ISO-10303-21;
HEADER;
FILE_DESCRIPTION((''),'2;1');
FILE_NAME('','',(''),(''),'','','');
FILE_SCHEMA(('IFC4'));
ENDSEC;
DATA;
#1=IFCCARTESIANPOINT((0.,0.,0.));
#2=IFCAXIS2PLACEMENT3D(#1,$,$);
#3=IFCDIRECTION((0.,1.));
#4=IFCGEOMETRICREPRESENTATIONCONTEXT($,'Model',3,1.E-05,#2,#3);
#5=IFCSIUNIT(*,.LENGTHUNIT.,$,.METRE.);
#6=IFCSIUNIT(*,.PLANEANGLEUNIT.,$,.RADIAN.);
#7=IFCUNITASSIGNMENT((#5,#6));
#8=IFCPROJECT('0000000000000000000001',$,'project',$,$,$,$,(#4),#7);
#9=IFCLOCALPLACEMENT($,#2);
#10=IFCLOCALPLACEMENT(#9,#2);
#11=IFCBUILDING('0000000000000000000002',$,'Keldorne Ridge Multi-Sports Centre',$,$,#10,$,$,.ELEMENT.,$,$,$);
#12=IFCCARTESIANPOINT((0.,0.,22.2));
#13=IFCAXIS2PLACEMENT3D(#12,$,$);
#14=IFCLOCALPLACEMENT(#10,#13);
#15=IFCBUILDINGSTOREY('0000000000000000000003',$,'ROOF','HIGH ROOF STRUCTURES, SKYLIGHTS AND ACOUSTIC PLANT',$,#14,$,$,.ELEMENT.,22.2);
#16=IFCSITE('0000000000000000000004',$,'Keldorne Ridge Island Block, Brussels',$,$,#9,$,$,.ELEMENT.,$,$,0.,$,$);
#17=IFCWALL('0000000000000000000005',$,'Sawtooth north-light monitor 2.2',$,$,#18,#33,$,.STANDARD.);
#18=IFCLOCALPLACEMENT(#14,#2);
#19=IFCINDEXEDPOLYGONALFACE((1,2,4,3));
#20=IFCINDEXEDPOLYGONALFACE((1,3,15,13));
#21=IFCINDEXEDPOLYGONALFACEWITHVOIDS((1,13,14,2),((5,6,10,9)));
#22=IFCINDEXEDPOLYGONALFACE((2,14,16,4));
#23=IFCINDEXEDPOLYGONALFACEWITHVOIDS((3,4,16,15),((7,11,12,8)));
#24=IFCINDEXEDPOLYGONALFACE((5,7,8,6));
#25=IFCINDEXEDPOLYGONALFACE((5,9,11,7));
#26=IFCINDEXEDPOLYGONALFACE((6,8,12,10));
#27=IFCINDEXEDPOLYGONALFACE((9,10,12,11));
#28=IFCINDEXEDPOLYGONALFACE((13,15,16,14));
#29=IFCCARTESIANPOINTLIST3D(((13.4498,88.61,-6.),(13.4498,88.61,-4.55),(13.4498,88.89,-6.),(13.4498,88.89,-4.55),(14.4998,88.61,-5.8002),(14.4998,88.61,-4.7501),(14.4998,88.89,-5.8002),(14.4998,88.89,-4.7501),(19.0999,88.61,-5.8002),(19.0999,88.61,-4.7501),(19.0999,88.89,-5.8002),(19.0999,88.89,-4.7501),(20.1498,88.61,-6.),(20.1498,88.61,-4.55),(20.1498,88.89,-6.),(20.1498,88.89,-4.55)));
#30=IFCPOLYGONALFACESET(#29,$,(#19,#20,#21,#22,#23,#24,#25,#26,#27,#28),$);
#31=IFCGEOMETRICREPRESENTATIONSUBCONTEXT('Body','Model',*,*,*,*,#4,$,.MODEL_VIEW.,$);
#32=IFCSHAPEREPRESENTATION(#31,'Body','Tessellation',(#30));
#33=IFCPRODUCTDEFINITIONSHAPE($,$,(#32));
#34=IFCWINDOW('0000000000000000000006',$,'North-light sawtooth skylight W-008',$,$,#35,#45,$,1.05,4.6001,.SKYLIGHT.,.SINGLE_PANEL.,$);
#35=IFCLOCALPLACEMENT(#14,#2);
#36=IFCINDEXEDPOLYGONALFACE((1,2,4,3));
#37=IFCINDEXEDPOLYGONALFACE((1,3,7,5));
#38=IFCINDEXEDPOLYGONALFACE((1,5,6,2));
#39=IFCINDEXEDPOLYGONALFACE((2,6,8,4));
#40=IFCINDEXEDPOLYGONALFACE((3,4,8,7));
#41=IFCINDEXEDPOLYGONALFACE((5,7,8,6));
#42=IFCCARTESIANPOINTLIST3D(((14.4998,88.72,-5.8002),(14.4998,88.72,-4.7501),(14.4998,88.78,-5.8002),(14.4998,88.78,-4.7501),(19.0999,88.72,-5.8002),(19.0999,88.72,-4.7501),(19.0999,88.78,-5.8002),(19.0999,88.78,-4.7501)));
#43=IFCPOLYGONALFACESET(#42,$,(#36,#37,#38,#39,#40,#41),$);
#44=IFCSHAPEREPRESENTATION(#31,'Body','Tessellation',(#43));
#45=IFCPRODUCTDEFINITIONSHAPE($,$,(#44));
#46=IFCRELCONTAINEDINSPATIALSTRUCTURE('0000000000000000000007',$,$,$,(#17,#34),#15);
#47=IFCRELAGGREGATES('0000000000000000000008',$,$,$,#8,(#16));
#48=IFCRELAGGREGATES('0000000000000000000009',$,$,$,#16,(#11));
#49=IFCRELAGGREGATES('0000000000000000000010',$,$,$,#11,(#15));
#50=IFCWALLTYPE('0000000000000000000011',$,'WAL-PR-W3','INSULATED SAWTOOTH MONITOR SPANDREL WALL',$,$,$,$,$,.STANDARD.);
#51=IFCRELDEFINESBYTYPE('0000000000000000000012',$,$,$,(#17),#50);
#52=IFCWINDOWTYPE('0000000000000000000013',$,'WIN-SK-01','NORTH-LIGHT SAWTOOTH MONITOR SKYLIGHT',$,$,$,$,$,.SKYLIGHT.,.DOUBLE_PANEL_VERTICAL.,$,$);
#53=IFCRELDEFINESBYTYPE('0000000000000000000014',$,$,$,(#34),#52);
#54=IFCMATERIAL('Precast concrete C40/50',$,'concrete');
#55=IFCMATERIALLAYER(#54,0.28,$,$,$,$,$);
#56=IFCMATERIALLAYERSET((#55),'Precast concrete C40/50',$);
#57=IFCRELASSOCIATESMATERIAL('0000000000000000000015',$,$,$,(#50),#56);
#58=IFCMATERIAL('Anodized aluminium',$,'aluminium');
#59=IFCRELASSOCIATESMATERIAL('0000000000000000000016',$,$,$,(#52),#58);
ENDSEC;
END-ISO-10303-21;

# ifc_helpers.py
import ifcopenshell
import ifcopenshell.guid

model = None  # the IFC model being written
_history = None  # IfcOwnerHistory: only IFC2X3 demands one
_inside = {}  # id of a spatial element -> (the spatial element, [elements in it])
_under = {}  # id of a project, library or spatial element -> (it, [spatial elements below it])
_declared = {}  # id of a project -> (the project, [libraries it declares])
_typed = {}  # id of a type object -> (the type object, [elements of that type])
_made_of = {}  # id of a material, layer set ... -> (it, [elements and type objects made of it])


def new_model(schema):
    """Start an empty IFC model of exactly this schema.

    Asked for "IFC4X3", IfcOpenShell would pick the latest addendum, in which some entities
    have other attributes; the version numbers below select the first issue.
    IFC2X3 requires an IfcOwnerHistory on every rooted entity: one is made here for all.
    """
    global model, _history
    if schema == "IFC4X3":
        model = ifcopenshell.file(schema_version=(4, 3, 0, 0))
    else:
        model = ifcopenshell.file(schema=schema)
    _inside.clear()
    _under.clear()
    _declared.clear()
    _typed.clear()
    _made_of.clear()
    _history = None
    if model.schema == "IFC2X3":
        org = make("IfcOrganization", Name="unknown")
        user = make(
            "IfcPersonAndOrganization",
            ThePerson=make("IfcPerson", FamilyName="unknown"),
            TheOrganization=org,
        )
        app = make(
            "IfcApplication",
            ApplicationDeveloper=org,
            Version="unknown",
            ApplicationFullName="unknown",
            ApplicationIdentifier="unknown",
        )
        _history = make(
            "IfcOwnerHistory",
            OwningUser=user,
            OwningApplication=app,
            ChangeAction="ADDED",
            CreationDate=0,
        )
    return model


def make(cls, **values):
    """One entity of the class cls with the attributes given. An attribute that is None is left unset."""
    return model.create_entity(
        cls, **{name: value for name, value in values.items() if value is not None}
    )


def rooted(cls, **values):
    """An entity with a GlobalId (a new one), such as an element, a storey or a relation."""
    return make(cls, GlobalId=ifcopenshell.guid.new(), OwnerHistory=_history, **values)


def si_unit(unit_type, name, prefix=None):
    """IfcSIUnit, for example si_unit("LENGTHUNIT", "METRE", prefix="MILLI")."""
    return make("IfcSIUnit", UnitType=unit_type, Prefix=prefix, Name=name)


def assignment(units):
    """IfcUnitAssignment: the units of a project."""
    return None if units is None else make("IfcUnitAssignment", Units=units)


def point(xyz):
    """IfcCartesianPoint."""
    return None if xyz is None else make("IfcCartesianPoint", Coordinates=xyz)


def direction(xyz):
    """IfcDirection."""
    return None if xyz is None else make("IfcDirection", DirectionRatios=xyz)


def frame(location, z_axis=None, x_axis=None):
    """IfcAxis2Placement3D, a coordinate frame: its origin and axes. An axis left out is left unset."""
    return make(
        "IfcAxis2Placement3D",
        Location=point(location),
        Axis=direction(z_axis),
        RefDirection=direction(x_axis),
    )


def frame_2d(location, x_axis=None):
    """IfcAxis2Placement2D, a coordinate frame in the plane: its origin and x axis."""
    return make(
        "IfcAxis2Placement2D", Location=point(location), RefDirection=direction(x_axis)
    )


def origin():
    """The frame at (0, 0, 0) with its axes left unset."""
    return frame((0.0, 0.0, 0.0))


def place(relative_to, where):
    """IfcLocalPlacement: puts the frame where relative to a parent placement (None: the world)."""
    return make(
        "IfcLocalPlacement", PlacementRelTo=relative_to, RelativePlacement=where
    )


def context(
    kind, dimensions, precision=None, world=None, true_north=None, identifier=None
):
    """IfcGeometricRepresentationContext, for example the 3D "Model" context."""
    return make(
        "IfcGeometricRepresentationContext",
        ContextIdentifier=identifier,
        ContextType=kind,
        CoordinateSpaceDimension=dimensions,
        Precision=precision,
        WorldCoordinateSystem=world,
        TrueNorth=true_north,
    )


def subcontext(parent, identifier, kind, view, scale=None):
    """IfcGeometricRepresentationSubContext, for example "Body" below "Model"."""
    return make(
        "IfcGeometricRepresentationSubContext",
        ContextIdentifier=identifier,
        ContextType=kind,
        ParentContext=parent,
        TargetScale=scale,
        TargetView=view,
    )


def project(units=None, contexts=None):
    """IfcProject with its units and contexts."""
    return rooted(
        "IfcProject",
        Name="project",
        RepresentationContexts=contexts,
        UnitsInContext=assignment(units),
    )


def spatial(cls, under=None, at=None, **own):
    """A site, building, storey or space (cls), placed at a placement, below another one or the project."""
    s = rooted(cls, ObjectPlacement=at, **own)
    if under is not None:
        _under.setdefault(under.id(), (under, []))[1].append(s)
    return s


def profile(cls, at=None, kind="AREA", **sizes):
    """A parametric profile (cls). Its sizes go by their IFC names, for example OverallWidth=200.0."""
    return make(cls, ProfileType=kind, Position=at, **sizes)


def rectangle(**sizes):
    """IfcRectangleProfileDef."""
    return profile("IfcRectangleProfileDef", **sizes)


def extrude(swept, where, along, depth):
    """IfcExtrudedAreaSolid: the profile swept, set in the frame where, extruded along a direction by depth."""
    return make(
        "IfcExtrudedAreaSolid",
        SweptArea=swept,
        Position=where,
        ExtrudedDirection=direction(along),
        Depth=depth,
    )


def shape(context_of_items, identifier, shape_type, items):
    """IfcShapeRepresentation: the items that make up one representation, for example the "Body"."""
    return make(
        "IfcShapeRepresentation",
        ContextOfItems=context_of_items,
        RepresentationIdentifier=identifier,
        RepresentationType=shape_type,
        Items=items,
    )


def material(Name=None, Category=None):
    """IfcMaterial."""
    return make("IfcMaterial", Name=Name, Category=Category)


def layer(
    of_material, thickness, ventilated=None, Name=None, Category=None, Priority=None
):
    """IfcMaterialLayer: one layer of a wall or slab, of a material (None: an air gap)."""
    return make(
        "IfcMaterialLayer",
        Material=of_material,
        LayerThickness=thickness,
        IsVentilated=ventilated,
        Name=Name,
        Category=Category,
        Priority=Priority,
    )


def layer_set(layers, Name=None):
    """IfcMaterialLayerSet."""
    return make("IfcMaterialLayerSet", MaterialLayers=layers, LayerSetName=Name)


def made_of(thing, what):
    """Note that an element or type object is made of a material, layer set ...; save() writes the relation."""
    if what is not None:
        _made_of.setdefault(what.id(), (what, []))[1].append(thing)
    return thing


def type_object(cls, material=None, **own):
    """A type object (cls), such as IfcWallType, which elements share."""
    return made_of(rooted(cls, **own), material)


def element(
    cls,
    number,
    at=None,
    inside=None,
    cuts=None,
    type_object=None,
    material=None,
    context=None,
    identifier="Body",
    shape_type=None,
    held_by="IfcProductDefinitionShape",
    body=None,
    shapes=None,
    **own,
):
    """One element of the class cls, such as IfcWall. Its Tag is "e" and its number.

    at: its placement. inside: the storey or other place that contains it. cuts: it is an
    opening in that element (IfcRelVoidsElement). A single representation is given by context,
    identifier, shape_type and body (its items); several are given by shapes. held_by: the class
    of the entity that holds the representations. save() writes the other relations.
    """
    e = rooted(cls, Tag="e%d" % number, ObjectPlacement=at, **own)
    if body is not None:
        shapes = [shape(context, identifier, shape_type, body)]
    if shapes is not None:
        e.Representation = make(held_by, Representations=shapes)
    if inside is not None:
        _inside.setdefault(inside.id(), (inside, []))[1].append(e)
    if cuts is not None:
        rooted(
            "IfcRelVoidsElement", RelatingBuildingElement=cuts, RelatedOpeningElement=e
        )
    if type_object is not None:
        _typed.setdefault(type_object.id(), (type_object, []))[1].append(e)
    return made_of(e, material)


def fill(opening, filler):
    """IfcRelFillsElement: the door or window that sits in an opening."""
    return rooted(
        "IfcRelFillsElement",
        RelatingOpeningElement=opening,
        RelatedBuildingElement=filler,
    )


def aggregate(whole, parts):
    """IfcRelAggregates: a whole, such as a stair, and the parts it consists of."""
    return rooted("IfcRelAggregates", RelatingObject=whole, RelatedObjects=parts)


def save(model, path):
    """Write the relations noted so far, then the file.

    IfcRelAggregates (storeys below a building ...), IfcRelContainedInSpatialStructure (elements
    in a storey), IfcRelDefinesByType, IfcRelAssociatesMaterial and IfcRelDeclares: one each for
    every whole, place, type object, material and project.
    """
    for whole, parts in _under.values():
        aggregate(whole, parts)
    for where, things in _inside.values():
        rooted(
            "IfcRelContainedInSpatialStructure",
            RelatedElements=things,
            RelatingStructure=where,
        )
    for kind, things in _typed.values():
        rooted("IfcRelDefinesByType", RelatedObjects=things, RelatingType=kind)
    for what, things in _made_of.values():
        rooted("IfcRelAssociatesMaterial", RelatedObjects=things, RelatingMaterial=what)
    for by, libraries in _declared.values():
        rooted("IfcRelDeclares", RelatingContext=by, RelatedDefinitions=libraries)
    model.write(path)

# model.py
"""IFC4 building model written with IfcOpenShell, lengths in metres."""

from ifc_helpers import new_model, si_unit, direction, frame, frame_2d, origin, place, context, subcontext, project, spatial, rectangle, extrude, material, layer, layer_set, type_object, element, fill, save


model = new_model("IFC4")

# Units and contexts
model_context = context("Model", 3, precision=1e-05, world=origin(), true_north=direction((0.0, 1.0)))
body_context = subcontext(model_context, "Body", "Model", "MODEL_VIEW")
ifc_project = project(units=[si_unit("LENGTHUNIT", "METRE"), si_unit("PLANEANGLEUNIT", "RADIAN")], contexts=[model_context])

# Site, building, storey
site_placement = place(None, origin())
site = spatial("IfcSite", under=ifc_project, at=site_placement, Name="Keldorne Ridge Island Block, Brussels", CompositionType="ELEMENT", RefElevation=0.0)
building_placement = place(site_placement, origin())
building = spatial("IfcBuilding", under=site, at=building_placement, Name="Keldorne Ridge Multi-Sports Centre", CompositionType="ELEMENT")
storey_placement = place(building_placement, frame((0.0, 0.0, 22.2)))
storey = spatial("IfcBuildingStorey", under=building, at=storey_placement, Name="ROOF", Description="HIGH ROOF STRUCTURES, SKYLIGHTS AND ACOUSTIC PLANT", CompositionType="ELEMENT", Elevation=22.2)

# Wall, opening, window
ifc_material_1 = material(Name="Precast concrete C40/50", Category="concrete")
ifc_layer = layer(ifc_material_1, 0.28)
ifc_layer_set = layer_set([ifc_layer], Name="Precast concrete C40/50")
wall_type = type_object("IfcWallType", Name="WAL-PR-W3", Description="INSULATED SAWTOOTH MONITOR SPANDREL WALL", PredefinedType="STANDARD", material=ifc_layer_set)
ifc_material_2 = material(Name="Anodized aluminium", Category="aluminium")
window_type = type_object("IfcWindowType", Name="WIN-SK-01", Description="NORTH-LIGHT SAWTOOTH MONITOR SKYLIGHT", PartitioningType="DOUBLE_PANEL_VERTICAL", PredefinedType="SKYLIGHT", material=ifc_material_2)
wall_1_placement = place(storey_placement, frame((20.1499, 88.75, -6.0), z_axis=(0.0, 0.0, 1.0), x_axis=(-1.0, 0.0, 0.0)))
wall_1 = element("IfcWall", 1, at=wall_1_placement, inside=storey, type_object=wall_type, Name="Sawtooth north-light monitor 2.2", PredefinedType="STANDARD", context=body_context, shape_type="SweptSolid", body=[
    extrude(rectangle(XDim=6.7, YDim=0.28, at=frame_2d((3.3501, 0.0))), origin(), (0.0, 0.0, 1.0), 1.45),
])
opening_1_placement = place(wall_1_placement, frame((1.05, 0.0, 0.2)))
opening_1 = element("IfcOpeningElement", 2, at=opening_1_placement, cuts=wall_1, PredefinedType="OPENING", context=body_context, shape_type="SweptSolid", body=[
    extrude(rectangle(XDim=4.6001, YDim=1.05, at=frame_2d((2.3, 0.5249))), frame((0.0, 0.1499, 0.0), z_axis=(0.0, -1.0, 0.0), x_axis=(1.0, 0.0, 0.0)), (0.0, 0.0, 1.0), 0.3),
])
window_1_placement = place(opening_1_placement, origin())
window_1 = element("IfcWindow", 3, at=window_1_placement, inside=storey, type_object=window_type, Name="North-light sawtooth skylight W-008", OverallHeight=1.05, OverallWidth=4.6001, PartitioningType="SINGLE_PANEL", PredefinedType="SKYLIGHT", context=body_context, shape_type="SweptSolid", body=[
    extrude(rectangle(XDim=4.6001, YDim=1.05, at=frame_2d((2.3, 0.5249))), frame((0.0, 0.03, 0.0), z_axis=(0.0, -1.0, 0.0), x_axis=(1.0, 0.0, 0.0)), (0.0, 0.0, 1.0), 0.0601),
])
fill(opening_1, window_1)

save(model, "model.ifc")
